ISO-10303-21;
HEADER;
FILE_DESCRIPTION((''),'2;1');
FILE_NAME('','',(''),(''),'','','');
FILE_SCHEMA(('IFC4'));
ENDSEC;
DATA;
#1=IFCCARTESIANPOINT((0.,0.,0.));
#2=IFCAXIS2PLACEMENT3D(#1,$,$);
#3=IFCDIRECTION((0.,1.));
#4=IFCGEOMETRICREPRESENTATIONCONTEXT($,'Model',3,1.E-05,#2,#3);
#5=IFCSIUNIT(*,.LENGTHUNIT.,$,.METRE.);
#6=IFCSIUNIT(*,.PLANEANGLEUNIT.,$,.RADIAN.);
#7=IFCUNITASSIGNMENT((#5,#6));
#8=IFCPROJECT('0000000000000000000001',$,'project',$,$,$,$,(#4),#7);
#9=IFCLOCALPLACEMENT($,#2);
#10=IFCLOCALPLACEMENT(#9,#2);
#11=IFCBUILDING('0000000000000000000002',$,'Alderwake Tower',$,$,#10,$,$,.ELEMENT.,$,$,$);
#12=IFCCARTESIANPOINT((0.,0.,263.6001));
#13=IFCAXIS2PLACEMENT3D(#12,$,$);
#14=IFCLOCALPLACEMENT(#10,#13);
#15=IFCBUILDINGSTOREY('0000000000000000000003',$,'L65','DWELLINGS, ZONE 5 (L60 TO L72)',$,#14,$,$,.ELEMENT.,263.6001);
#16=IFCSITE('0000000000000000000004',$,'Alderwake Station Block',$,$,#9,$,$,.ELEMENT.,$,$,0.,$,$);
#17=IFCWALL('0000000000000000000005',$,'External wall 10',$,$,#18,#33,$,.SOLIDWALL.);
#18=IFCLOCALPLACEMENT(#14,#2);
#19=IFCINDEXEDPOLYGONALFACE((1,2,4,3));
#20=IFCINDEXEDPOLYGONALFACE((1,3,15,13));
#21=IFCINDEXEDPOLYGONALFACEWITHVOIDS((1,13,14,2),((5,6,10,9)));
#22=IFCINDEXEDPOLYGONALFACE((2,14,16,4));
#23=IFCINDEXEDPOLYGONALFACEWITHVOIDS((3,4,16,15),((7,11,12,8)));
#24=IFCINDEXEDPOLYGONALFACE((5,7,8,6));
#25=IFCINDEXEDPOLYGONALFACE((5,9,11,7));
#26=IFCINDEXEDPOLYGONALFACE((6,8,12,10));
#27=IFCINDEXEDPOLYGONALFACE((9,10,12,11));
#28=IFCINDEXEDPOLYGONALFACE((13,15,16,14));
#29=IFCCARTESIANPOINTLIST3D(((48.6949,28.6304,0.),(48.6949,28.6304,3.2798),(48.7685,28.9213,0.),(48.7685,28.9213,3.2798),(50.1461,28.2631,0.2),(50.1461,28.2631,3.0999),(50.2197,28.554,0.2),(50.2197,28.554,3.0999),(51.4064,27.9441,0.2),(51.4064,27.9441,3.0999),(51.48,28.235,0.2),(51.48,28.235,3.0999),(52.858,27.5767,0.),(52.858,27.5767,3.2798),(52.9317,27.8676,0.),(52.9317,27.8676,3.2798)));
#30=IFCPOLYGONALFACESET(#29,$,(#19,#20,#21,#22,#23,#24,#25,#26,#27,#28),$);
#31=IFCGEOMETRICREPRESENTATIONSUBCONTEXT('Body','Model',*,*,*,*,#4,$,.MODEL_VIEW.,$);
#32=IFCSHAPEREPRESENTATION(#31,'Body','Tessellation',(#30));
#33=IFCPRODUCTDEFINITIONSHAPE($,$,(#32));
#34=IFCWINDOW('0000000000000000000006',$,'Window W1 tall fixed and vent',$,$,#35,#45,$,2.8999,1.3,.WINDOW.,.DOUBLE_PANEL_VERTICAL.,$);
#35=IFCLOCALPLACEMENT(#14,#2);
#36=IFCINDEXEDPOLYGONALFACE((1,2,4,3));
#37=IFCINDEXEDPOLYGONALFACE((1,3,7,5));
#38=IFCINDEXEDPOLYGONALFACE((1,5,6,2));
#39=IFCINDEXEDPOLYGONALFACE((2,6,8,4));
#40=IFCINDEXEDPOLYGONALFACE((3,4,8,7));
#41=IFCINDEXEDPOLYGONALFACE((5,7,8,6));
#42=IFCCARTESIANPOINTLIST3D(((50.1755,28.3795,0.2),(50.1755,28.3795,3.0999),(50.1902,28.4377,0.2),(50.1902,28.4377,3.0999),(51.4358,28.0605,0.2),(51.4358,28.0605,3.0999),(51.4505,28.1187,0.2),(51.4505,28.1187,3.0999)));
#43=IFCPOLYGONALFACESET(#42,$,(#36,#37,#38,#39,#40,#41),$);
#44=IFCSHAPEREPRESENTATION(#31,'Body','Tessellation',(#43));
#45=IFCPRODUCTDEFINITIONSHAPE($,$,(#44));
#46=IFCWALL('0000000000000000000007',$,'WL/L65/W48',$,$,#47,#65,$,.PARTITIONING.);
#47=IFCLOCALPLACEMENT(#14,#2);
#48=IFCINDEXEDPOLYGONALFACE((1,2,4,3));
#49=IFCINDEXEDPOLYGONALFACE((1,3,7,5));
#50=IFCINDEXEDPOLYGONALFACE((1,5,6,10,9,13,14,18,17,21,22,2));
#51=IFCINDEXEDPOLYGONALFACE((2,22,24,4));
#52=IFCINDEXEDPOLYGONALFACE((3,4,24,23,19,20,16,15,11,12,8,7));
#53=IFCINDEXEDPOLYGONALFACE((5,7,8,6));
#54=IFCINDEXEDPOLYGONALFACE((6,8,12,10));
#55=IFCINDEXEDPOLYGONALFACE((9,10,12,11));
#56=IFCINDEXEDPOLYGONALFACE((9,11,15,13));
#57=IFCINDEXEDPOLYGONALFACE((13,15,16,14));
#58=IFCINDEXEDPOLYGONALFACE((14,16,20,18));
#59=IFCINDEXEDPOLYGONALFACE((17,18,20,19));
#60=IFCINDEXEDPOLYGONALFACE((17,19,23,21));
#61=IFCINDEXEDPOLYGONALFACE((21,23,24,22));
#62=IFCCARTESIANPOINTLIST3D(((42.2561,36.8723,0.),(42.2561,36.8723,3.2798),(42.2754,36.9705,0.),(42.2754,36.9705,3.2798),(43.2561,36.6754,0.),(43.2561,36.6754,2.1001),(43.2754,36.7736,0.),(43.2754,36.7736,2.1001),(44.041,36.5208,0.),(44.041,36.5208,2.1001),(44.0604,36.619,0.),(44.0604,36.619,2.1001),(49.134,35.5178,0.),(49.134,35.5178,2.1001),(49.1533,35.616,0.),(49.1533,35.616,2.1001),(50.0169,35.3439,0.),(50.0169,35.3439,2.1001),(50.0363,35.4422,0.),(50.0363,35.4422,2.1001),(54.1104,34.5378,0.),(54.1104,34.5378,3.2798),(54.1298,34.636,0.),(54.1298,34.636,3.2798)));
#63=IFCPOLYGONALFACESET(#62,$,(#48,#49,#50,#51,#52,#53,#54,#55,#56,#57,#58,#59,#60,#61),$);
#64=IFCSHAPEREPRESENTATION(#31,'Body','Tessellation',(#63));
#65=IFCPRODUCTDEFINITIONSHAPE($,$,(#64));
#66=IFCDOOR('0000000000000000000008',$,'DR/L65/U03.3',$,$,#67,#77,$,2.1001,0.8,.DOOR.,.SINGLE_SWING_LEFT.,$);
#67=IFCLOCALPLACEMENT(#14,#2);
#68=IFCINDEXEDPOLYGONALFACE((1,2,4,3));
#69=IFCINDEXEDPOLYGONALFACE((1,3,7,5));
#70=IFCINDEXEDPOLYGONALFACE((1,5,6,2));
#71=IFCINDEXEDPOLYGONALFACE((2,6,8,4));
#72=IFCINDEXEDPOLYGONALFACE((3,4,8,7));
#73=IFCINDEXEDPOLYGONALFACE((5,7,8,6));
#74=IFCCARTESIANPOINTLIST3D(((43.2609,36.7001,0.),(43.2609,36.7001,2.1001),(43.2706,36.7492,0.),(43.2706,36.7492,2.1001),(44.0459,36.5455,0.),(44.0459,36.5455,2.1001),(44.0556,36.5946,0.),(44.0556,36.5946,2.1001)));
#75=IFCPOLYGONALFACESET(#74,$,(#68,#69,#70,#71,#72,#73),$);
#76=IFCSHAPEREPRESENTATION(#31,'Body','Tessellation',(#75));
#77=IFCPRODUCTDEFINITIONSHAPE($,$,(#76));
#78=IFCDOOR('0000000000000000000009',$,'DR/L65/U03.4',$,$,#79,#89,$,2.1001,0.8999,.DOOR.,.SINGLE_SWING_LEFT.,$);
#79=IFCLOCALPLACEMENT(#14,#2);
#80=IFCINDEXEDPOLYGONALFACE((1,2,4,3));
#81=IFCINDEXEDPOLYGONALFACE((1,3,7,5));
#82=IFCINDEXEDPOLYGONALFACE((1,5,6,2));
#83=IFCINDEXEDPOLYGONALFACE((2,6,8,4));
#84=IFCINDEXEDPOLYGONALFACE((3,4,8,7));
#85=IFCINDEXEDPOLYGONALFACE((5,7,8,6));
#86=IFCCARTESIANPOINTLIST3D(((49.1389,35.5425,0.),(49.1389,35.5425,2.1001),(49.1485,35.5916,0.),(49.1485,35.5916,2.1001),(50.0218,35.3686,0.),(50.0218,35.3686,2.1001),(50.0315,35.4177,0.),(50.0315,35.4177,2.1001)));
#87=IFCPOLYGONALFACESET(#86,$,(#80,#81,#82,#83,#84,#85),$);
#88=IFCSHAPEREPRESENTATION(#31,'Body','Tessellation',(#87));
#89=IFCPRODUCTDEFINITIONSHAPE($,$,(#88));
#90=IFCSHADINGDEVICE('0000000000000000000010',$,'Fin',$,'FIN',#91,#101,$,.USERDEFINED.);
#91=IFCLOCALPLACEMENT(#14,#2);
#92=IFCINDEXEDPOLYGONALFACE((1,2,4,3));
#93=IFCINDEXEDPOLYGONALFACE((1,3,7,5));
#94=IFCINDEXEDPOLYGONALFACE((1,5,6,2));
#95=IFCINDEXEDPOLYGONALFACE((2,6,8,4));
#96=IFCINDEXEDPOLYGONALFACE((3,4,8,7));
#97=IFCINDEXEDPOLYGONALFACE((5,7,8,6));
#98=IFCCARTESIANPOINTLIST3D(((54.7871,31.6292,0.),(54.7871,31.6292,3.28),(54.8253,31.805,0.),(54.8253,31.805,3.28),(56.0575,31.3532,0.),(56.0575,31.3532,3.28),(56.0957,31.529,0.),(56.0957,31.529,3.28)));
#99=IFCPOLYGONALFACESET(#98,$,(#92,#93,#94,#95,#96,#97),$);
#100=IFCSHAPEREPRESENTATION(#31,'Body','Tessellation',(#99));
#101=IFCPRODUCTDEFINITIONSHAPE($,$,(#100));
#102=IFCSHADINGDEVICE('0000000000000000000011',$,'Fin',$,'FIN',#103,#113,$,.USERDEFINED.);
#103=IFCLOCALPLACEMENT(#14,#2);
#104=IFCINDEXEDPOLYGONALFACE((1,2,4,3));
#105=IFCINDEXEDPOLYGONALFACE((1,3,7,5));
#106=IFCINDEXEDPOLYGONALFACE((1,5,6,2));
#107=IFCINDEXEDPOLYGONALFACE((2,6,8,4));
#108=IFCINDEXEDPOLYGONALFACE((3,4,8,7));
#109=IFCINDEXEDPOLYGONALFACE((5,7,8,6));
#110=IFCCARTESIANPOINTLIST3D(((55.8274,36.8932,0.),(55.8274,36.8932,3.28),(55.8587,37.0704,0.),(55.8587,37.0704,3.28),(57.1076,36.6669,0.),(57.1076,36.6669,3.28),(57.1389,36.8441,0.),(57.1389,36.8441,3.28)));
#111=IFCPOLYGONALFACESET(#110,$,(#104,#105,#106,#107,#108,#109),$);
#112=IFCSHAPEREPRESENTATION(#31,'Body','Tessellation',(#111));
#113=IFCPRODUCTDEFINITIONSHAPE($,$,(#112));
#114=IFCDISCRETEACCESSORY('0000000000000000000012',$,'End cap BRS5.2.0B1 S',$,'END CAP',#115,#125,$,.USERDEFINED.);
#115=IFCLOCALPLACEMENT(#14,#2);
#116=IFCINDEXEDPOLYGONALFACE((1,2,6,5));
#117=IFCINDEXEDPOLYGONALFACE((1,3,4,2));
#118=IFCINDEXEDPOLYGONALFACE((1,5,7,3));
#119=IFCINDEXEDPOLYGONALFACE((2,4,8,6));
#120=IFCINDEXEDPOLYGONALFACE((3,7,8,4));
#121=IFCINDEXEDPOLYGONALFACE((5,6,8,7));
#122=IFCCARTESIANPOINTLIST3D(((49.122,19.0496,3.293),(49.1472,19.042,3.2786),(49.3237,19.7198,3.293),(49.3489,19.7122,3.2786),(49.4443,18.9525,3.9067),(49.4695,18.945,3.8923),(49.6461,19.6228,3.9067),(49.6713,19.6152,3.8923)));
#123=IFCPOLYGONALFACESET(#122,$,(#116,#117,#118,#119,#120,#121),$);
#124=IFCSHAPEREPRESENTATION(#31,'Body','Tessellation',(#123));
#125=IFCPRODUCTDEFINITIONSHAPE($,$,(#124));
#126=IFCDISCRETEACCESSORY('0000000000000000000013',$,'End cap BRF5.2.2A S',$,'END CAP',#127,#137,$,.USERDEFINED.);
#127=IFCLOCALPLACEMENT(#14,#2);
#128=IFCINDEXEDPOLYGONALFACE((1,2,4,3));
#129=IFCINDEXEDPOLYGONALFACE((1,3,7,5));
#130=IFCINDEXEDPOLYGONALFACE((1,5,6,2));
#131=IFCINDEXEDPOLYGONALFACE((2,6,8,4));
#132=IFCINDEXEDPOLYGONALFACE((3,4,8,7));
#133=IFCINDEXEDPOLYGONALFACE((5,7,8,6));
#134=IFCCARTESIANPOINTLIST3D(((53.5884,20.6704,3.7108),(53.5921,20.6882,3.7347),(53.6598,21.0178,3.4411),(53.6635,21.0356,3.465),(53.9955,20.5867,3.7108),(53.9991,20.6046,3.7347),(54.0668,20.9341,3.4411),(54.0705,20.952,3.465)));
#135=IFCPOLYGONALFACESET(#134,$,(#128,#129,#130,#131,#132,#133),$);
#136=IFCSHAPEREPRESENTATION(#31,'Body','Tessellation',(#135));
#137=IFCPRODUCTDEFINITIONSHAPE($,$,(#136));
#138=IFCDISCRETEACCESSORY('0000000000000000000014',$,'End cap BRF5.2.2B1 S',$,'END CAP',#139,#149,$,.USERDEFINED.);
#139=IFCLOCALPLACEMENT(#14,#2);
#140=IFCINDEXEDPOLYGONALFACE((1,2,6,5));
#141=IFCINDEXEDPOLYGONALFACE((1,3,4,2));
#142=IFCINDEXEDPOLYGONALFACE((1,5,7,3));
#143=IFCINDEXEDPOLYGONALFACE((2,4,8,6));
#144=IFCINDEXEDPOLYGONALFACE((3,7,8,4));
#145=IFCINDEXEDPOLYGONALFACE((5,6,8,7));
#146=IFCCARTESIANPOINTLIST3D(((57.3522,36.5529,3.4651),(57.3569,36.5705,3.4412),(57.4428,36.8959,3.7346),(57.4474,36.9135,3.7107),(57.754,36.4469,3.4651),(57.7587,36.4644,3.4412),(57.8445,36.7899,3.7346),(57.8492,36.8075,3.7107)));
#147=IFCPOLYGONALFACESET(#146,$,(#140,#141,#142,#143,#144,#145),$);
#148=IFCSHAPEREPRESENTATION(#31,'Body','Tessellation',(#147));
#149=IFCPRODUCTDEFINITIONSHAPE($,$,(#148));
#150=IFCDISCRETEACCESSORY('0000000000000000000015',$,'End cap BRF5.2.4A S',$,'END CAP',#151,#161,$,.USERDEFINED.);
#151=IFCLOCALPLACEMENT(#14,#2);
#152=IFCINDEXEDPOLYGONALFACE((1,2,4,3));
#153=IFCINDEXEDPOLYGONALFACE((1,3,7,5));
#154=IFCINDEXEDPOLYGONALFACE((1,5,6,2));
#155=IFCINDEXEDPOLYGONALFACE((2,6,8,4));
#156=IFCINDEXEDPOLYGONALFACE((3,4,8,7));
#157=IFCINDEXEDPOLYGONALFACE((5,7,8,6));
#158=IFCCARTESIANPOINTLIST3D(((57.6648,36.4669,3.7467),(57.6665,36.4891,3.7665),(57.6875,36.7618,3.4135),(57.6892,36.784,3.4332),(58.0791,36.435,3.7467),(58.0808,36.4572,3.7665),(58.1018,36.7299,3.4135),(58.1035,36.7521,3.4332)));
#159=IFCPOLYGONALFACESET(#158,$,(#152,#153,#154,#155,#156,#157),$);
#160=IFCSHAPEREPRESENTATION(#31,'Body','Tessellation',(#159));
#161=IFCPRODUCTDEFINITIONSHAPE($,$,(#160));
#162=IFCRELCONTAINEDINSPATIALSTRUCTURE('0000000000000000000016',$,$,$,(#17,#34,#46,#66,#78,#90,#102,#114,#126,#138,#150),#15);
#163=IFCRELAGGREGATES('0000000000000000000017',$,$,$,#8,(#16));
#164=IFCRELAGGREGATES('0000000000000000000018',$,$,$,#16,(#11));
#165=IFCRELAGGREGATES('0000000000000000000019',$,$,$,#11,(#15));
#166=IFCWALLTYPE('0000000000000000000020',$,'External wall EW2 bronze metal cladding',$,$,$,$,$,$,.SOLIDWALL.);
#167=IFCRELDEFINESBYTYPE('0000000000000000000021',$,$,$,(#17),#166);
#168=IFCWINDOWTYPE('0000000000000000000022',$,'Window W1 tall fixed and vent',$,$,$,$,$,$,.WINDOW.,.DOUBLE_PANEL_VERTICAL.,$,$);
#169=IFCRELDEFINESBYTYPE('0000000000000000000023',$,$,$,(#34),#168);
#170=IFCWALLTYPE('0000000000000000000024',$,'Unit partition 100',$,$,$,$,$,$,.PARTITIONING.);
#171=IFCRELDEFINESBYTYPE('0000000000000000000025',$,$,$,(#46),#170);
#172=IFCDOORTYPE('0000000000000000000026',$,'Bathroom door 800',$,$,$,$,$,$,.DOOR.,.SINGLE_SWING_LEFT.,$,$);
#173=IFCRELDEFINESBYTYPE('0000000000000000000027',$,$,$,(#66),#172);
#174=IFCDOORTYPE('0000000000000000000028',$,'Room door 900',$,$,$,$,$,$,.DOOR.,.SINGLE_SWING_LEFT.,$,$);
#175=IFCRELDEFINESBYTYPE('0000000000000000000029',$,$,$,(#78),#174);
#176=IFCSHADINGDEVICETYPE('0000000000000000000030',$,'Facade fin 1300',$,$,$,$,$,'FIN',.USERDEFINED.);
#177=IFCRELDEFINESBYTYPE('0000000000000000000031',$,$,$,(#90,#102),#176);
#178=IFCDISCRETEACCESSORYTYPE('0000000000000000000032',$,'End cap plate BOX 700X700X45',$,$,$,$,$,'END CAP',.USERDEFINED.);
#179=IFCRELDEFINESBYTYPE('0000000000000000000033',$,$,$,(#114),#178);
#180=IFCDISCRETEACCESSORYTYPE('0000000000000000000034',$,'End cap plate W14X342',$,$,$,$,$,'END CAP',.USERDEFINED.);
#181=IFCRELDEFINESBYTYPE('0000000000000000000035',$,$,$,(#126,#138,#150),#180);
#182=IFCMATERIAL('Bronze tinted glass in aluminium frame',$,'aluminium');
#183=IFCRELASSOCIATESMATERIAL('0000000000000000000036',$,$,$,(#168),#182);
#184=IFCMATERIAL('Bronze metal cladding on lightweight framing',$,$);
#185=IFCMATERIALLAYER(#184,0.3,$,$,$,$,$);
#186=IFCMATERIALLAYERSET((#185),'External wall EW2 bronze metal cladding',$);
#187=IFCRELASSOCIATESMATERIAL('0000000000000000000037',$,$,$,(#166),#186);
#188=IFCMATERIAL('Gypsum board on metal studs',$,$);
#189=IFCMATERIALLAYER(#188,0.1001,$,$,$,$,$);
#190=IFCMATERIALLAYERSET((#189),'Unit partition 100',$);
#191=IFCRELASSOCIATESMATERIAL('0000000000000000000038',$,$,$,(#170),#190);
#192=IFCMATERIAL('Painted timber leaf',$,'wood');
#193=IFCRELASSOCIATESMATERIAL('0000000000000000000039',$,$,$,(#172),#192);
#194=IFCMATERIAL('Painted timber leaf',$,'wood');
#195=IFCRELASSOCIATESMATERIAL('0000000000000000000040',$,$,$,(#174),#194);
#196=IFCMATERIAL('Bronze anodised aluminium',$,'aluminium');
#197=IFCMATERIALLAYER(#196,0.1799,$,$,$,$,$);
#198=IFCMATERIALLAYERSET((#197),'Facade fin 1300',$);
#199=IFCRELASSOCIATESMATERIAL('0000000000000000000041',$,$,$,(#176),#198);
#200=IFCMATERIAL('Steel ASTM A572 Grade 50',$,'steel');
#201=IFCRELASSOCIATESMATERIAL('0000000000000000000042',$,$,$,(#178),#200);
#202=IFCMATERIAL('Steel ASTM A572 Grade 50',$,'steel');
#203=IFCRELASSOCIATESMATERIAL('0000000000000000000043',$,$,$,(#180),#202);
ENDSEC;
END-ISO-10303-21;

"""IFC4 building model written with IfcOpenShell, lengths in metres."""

from ifc_helpers import new_model, si_unit, direction, frame, frame_2d, origin, origin_2d, place, context, subcontext, project, spatial, rectangle, extrude, material, layer, layer_set, material_profile, profile_set, type_object, element, fill, save


model = new_model("IFC4")

# Units and contexts
model_context = context("Model", 3, precision=1e-05, world=origin(), true_north=direction((0.0, 1.0)))
body_context = subcontext(model_context, "Body", "Model", "MODEL_VIEW")
ifc_project = project(units=[si_unit("LENGTHUNIT", "METRE"), si_unit("PLANEANGLEUNIT", "RADIAN")], contexts=[model_context])

# Site, building, storey
site_placement = place(None, origin())
site = spatial("IfcSite", under=ifc_project, at=site_placement, Name="Alderwake Station Block", CompositionType="ELEMENT", RefElevation=0.0)
building_placement = place(site_placement, origin())
building = spatial("IfcBuilding", under=site, at=building_placement, Name="Alderwake Tower", CompositionType="ELEMENT")
storey_placement = place(building_placement, frame((0.0, 0.0, 263.6001)))
storey = spatial("IfcBuildingStorey", under=building, at=storey_placement, Name="L65", Description="DWELLINGS, ZONE 5 (L60 TO L72)", CompositionType="ELEMENT", Elevation=263.6001)

# Shared definitions
ifc_material_1 = material(Name="Bronze tinted glass in aluminium frame", Category="aluminium")
window_type = type_object("IfcWindowType", Name="Window W1 tall fixed and vent", PartitioningType="DOUBLE_PANEL_VERTICAL", PredefinedType="WINDOW", material=ifc_material_1)

# Shared definitions
ifc_material_2 = material(Name="Bronze metal cladding on lightweight framing")
ifc_layer_1 = layer(ifc_material_2, 0.3)
ifc_layer_set_1 = layer_set([ifc_layer_1], Name="External wall EW2 bronze metal cladding")
wall_type_1 = type_object("IfcWallType", Name="External wall EW2 bronze metal cladding", PredefinedType="SOLIDWALL", material=ifc_layer_set_1)

# Wall, opening, window
wall_1_placement = place(storey_placement, frame((48.7317, 28.7759, 0.0), z_axis=(0.0, 0.0, 1.0), x_axis=(0.969429, -0.24537, 0.0)))
wall_1 = element("IfcWall", 1, at=wall_1_placement, inside=storey, type_object=wall_type_1, Name="External wall 10", PredefinedType="SOLIDWALL", context=body_context, shape_type="SweptSolid", body=[
    extrude(rectangle(XDim=4.2944, YDim=0.3, at=frame_2d((2.1472, 0.0))), origin(), (0.0, 0.0, 1.0), 3.2798),
])
opening_1_placement = place(wall_1_placement, frame((1.4971, 0.0, 0.2)))
opening_1 = element("IfcOpeningElement", 2, at=opening_1_placement, cuts=wall_1, PredefinedType="OPENING", context=body_context, shape_type="SweptSolid", body=[
    extrude(rectangle(XDim=1.3, YDim=2.8999, at=frame_2d((0.6499, 1.45))), frame((0.0, 0.1599, 0.0), z_axis=(0.0, -1.0, 0.0), x_axis=(1.0, 0.0, 0.0)), (0.0, 0.0, 1.0), 0.3201),
])
window_1_placement = place(opening_1_placement, origin())
window_1 = element("IfcWindow", 3, at=window_1_placement, inside=storey, type_object=window_type, Name="Window W1 tall fixed and vent", OverallHeight=2.8999, OverallWidth=1.3, PartitioningType="DOUBLE_PANEL_VERTICAL", PredefinedType="WINDOW", context=body_context, shape_type="SweptSolid", body=[
    extrude(rectangle(XDim=1.3, YDim=2.8999, at=frame_2d((0.6499, 1.45))), frame((0.0, 0.03, 0.0), z_axis=(0.0, -1.0, 0.0), x_axis=(1.0, 0.0, 0.0)), (0.0, 0.0, 1.0), 0.0601),
])
fill(opening_1, window_1)

# Wall, openings, doors
ifc_material_3 = material(Name="Gypsum board on metal studs")
ifc_layer_2 = layer(ifc_material_3, 0.1001)
ifc_layer_set_2 = layer_set([ifc_layer_2], Name="Unit partition 100")
wall_type_2 = type_object("IfcWallType", Name="Unit partition 100", PredefinedType="PARTITIONING", material=ifc_layer_set_2)
wall_2_placement = place(storey_placement, frame((54.1201, 34.5869, 0.0), z_axis=(0.0, 0.0, 1.0), x_axis=(-0.981155, 0.19322, 0.0)))
wall_2 = element("IfcWall", 4, at=wall_2_placement, inside=storey, type_object=wall_type_2, Name="WL/L65/W48", PredefinedType="PARTITIONING", context=body_context, shape_type="SweptSolid", body=[
    extrude(rectangle(XDim=12.082, YDim=0.1001, at=frame_2d((6.041, 0.0))), origin(), (0.0, 0.0, 1.0), 3.2798),
])
opening_2_placement = place(wall_2_placement, frame((10.2629, 0.0, 0.0)))
opening_2 = element("IfcOpeningElement", 5, at=opening_2_placement, cuts=wall_2, PredefinedType="OPENING", context=body_context, shape_type="SweptSolid", body=[
    extrude(rectangle(XDim=0.8, YDim=2.1001, at=frame_2d((0.3999, 1.05))), frame((0.0, 0.0601, 0.0), z_axis=(0.0, -1.0, 0.0), x_axis=(1.0, 0.0, 0.0)), (0.0, 0.0, 1.0), 0.1201),
])
opening_3_placement = place(wall_2_placement, frame((4.1721, 0.0, 0.0)))
opening_3 = element("IfcOpeningElement", 6, at=opening_3_placement, cuts=wall_2, PredefinedType="OPENING", context=body_context, shape_type="SweptSolid", body=[
    extrude(rectangle(XDim=0.8999, YDim=2.1001, at=frame_2d((0.45, 1.05))), frame((0.0, 0.0601, 0.0), z_axis=(0.0, -1.0, 0.0), x_axis=(1.0, 0.0, 0.0)), (0.0, 0.0, 1.0), 0.1201),
])
ifc_material_4 = material(Name="Painted timber leaf", Category="wood")
door_type_1 = type_object("IfcDoorType", Name="Bathroom door 800", OperationType="SINGLE_SWING_LEFT", PredefinedType="DOOR", material=ifc_material_4)
door_1_placement = place(opening_2_placement, origin())
door_1 = element("IfcDoor", 7, at=door_1_placement, inside=storey, type_object=door_type_1, Name="DR/L65/U03.3", OperationType="SINGLE_SWING_LEFT", OverallHeight=2.1001, OverallWidth=0.8, PredefinedType="DOOR", context=body_context, shape_type="SweptSolid", body=[
    extrude(rectangle(XDim=0.8, YDim=2.1001, at=frame_2d((0.3999, 1.05))), frame((0.0, 0.0249, 0.0), z_axis=(0.0, -1.0, 0.0), x_axis=(1.0, 0.0, 0.0)), (0.0, 0.0, 1.0), 0.05),
])
fill(opening_2, door_1)
ifc_material_5 = material(Name="Painted timber leaf", Category="wood")
door_type_2 = type_object("IfcDoorType", Name="Room door 900", OperationType="SINGLE_SWING_LEFT", PredefinedType="DOOR", material=ifc_material_5)
door_2_placement = place(opening_3_placement, origin())
door_2 = element("IfcDoor", 8, at=door_2_placement, inside=storey, type_object=door_type_2, Name="DR/L65/U03.4", OperationType="SINGLE_SWING_LEFT", OverallHeight=2.1001, OverallWidth=0.8999, PredefinedType="DOOR", context=body_context, shape_type="SweptSolid", body=[
    extrude(rectangle(XDim=0.8999, YDim=2.1001, at=frame_2d((0.45, 1.05))), frame((0.0, 0.0249, 0.0), z_axis=(0.0, -1.0, 0.0), x_axis=(1.0, 0.0, 0.0)), (0.0, 0.0, 1.0), 0.05),
])
fill(opening_3, door_2)

# Shading devices
ifc_material_6 = material(Name="Bronze anodised aluminium", Category="aluminium")
ifc_layer_3 = layer(ifc_material_6, 0.1799)
ifc_layer_set_3 = layer_set([ifc_layer_3], Name="Facade fin 1300")
shading_device_type = type_object("IfcShadingDeviceType", Name="Facade fin 1300", ElementType="FIN", PredefinedType="USERDEFINED", material=ifc_layer_set_3)
for number, where, z_axis, x_axis, name in (
    (9, (55.4414, 31.5791, 0.0), (0.0, 0.0, 1.0), (0.97721, -0.212273, 0.0), "Fin"),
    (10, (56.4832, 36.8687, 0.0), (0.0, 0.0, 1.0), (0.984726, -0.174109, 0.0), "Fin"),
):
    element("IfcShadingDevice", number, at=place(storey_placement, frame(where, z_axis=z_axis, x_axis=x_axis)), inside=storey, type_object=shading_device_type, Name=name, ObjectType="FIN", PredefinedType="USERDEFINED", context=body_context, shape_type="SweptSolid", body=[
        extrude(rectangle(XDim=1.3, YDim=0.1799, at=origin_2d()), origin(), (0.0, 0.0, 1.0), 3.28),
    ])

# Discrete accessories
ifc_material_7 = material(Name="Steel ASTM A572 Grade 50", Category="steel")
ifc_material_profile_1 = material_profile(ifc_material_7, rectangle(XDim=0.7, YDim=0.7, at=origin_2d()), Name="BOX 700X700X45 cap")
ifc_profile_set_1 = profile_set([ifc_material_profile_1], Name="Steel ASTM A572 Grade 50")
discrete_accessory_type_1 = type_object("IfcDiscreteAccessoryType", Name="End cap plate BOX 700X700X45", ElementType="END CAP", PredefinedType="USERDEFINED", material=ifc_profile_set_1)
discrete_accessory_1_placement = place(storey_placement, frame((49.384, 19.3362, 3.5999), z_axis=(0.839565, -0.252685, -0.480916), x_axis=(0.288201, 0.95757, 0.0)))
element("IfcDiscreteAccessory", 11, at=discrete_accessory_1_placement, inside=storey, type_object=discrete_accessory_type_1, Name="End cap BRS5.2.0B1 S", ObjectType="END CAP", PredefinedType="USERDEFINED", context=body_context, shape_type="SweptSolid", body=[
    extrude(rectangle(XDim=0.7, YDim=0.7, at=origin_2d()), origin(), (0.0, 0.0, 1.0), 0.03),
])
ifc_material_8 = material(Name="Steel ASTM A572 Grade 50", Category="steel")
ifc_material_profile_2 = material_profile(ifc_material_8, rectangle(XDim=0.4155, YDim=0.4456, at=origin_2d()), Name="W14X342 cap")
ifc_profile_set_2 = profile_set([ifc_material_profile_2], Name="Steel ASTM A572 Grade 50")
discrete_accessory_type_2 = type_object("IfcDiscreteAccessoryType", Name="End cap plate W14X342", ElementType="END CAP", PredefinedType="USERDEFINED", material=ifc_profile_set_2)
for number, where, z_axis, x_axis, name in (
    (12, (53.8313, 20.8201, 3.5999), (-0.121835, -0.592928, -0.795985), (0.979535, -0.201274, 0.0), "End cap BRF5.2.2A S"),
    (13, (57.5984, 36.6714, 3.5999), (0.15437, 0.584979, -0.796222), (-0.9669, 0.255154, 0.0), "End cap BRF5.2.2B1 S"),
):
    element("IfcDiscreteAccessory", number, at=place(storey_placement, frame(where, z_axis=z_axis, x_axis=x_axis)), inside=storey, type_object=discrete_accessory_type_2, Name=name, ObjectType="END CAP", PredefinedType="USERDEFINED", context=body_context, shape_type="SweptSolid", body=[
        extrude(rectangle(XDim=0.4155, YDim=0.4456, at=origin_2d()), origin(), (0.0, 0.0, 1.0), 0.03),
    ])
discrete_accessory_2_placement = place(storey_placement, frame((57.885, 36.6206, 3.5999), z_axis=(-0.057364, -0.745726, -0.663778), x_axis=(0.997054, -0.076696, 0.0)))
element("IfcDiscreteAccessory", 14, at=discrete_accessory_2_placement, inside=storey, type_object=discrete_accessory_type_2, Name="End cap BRF5.2.4A S", ObjectType="END CAP", PredefinedType="USERDEFINED", context=body_context, shape_type="SweptSolid", body=[
    extrude(rectangle(XDim=0.4155, YDim=0.4456, at=origin_2d()), origin(), (0.0, 0.0, 1.0), 0.0298),
])

save(model, "model.ifc")
